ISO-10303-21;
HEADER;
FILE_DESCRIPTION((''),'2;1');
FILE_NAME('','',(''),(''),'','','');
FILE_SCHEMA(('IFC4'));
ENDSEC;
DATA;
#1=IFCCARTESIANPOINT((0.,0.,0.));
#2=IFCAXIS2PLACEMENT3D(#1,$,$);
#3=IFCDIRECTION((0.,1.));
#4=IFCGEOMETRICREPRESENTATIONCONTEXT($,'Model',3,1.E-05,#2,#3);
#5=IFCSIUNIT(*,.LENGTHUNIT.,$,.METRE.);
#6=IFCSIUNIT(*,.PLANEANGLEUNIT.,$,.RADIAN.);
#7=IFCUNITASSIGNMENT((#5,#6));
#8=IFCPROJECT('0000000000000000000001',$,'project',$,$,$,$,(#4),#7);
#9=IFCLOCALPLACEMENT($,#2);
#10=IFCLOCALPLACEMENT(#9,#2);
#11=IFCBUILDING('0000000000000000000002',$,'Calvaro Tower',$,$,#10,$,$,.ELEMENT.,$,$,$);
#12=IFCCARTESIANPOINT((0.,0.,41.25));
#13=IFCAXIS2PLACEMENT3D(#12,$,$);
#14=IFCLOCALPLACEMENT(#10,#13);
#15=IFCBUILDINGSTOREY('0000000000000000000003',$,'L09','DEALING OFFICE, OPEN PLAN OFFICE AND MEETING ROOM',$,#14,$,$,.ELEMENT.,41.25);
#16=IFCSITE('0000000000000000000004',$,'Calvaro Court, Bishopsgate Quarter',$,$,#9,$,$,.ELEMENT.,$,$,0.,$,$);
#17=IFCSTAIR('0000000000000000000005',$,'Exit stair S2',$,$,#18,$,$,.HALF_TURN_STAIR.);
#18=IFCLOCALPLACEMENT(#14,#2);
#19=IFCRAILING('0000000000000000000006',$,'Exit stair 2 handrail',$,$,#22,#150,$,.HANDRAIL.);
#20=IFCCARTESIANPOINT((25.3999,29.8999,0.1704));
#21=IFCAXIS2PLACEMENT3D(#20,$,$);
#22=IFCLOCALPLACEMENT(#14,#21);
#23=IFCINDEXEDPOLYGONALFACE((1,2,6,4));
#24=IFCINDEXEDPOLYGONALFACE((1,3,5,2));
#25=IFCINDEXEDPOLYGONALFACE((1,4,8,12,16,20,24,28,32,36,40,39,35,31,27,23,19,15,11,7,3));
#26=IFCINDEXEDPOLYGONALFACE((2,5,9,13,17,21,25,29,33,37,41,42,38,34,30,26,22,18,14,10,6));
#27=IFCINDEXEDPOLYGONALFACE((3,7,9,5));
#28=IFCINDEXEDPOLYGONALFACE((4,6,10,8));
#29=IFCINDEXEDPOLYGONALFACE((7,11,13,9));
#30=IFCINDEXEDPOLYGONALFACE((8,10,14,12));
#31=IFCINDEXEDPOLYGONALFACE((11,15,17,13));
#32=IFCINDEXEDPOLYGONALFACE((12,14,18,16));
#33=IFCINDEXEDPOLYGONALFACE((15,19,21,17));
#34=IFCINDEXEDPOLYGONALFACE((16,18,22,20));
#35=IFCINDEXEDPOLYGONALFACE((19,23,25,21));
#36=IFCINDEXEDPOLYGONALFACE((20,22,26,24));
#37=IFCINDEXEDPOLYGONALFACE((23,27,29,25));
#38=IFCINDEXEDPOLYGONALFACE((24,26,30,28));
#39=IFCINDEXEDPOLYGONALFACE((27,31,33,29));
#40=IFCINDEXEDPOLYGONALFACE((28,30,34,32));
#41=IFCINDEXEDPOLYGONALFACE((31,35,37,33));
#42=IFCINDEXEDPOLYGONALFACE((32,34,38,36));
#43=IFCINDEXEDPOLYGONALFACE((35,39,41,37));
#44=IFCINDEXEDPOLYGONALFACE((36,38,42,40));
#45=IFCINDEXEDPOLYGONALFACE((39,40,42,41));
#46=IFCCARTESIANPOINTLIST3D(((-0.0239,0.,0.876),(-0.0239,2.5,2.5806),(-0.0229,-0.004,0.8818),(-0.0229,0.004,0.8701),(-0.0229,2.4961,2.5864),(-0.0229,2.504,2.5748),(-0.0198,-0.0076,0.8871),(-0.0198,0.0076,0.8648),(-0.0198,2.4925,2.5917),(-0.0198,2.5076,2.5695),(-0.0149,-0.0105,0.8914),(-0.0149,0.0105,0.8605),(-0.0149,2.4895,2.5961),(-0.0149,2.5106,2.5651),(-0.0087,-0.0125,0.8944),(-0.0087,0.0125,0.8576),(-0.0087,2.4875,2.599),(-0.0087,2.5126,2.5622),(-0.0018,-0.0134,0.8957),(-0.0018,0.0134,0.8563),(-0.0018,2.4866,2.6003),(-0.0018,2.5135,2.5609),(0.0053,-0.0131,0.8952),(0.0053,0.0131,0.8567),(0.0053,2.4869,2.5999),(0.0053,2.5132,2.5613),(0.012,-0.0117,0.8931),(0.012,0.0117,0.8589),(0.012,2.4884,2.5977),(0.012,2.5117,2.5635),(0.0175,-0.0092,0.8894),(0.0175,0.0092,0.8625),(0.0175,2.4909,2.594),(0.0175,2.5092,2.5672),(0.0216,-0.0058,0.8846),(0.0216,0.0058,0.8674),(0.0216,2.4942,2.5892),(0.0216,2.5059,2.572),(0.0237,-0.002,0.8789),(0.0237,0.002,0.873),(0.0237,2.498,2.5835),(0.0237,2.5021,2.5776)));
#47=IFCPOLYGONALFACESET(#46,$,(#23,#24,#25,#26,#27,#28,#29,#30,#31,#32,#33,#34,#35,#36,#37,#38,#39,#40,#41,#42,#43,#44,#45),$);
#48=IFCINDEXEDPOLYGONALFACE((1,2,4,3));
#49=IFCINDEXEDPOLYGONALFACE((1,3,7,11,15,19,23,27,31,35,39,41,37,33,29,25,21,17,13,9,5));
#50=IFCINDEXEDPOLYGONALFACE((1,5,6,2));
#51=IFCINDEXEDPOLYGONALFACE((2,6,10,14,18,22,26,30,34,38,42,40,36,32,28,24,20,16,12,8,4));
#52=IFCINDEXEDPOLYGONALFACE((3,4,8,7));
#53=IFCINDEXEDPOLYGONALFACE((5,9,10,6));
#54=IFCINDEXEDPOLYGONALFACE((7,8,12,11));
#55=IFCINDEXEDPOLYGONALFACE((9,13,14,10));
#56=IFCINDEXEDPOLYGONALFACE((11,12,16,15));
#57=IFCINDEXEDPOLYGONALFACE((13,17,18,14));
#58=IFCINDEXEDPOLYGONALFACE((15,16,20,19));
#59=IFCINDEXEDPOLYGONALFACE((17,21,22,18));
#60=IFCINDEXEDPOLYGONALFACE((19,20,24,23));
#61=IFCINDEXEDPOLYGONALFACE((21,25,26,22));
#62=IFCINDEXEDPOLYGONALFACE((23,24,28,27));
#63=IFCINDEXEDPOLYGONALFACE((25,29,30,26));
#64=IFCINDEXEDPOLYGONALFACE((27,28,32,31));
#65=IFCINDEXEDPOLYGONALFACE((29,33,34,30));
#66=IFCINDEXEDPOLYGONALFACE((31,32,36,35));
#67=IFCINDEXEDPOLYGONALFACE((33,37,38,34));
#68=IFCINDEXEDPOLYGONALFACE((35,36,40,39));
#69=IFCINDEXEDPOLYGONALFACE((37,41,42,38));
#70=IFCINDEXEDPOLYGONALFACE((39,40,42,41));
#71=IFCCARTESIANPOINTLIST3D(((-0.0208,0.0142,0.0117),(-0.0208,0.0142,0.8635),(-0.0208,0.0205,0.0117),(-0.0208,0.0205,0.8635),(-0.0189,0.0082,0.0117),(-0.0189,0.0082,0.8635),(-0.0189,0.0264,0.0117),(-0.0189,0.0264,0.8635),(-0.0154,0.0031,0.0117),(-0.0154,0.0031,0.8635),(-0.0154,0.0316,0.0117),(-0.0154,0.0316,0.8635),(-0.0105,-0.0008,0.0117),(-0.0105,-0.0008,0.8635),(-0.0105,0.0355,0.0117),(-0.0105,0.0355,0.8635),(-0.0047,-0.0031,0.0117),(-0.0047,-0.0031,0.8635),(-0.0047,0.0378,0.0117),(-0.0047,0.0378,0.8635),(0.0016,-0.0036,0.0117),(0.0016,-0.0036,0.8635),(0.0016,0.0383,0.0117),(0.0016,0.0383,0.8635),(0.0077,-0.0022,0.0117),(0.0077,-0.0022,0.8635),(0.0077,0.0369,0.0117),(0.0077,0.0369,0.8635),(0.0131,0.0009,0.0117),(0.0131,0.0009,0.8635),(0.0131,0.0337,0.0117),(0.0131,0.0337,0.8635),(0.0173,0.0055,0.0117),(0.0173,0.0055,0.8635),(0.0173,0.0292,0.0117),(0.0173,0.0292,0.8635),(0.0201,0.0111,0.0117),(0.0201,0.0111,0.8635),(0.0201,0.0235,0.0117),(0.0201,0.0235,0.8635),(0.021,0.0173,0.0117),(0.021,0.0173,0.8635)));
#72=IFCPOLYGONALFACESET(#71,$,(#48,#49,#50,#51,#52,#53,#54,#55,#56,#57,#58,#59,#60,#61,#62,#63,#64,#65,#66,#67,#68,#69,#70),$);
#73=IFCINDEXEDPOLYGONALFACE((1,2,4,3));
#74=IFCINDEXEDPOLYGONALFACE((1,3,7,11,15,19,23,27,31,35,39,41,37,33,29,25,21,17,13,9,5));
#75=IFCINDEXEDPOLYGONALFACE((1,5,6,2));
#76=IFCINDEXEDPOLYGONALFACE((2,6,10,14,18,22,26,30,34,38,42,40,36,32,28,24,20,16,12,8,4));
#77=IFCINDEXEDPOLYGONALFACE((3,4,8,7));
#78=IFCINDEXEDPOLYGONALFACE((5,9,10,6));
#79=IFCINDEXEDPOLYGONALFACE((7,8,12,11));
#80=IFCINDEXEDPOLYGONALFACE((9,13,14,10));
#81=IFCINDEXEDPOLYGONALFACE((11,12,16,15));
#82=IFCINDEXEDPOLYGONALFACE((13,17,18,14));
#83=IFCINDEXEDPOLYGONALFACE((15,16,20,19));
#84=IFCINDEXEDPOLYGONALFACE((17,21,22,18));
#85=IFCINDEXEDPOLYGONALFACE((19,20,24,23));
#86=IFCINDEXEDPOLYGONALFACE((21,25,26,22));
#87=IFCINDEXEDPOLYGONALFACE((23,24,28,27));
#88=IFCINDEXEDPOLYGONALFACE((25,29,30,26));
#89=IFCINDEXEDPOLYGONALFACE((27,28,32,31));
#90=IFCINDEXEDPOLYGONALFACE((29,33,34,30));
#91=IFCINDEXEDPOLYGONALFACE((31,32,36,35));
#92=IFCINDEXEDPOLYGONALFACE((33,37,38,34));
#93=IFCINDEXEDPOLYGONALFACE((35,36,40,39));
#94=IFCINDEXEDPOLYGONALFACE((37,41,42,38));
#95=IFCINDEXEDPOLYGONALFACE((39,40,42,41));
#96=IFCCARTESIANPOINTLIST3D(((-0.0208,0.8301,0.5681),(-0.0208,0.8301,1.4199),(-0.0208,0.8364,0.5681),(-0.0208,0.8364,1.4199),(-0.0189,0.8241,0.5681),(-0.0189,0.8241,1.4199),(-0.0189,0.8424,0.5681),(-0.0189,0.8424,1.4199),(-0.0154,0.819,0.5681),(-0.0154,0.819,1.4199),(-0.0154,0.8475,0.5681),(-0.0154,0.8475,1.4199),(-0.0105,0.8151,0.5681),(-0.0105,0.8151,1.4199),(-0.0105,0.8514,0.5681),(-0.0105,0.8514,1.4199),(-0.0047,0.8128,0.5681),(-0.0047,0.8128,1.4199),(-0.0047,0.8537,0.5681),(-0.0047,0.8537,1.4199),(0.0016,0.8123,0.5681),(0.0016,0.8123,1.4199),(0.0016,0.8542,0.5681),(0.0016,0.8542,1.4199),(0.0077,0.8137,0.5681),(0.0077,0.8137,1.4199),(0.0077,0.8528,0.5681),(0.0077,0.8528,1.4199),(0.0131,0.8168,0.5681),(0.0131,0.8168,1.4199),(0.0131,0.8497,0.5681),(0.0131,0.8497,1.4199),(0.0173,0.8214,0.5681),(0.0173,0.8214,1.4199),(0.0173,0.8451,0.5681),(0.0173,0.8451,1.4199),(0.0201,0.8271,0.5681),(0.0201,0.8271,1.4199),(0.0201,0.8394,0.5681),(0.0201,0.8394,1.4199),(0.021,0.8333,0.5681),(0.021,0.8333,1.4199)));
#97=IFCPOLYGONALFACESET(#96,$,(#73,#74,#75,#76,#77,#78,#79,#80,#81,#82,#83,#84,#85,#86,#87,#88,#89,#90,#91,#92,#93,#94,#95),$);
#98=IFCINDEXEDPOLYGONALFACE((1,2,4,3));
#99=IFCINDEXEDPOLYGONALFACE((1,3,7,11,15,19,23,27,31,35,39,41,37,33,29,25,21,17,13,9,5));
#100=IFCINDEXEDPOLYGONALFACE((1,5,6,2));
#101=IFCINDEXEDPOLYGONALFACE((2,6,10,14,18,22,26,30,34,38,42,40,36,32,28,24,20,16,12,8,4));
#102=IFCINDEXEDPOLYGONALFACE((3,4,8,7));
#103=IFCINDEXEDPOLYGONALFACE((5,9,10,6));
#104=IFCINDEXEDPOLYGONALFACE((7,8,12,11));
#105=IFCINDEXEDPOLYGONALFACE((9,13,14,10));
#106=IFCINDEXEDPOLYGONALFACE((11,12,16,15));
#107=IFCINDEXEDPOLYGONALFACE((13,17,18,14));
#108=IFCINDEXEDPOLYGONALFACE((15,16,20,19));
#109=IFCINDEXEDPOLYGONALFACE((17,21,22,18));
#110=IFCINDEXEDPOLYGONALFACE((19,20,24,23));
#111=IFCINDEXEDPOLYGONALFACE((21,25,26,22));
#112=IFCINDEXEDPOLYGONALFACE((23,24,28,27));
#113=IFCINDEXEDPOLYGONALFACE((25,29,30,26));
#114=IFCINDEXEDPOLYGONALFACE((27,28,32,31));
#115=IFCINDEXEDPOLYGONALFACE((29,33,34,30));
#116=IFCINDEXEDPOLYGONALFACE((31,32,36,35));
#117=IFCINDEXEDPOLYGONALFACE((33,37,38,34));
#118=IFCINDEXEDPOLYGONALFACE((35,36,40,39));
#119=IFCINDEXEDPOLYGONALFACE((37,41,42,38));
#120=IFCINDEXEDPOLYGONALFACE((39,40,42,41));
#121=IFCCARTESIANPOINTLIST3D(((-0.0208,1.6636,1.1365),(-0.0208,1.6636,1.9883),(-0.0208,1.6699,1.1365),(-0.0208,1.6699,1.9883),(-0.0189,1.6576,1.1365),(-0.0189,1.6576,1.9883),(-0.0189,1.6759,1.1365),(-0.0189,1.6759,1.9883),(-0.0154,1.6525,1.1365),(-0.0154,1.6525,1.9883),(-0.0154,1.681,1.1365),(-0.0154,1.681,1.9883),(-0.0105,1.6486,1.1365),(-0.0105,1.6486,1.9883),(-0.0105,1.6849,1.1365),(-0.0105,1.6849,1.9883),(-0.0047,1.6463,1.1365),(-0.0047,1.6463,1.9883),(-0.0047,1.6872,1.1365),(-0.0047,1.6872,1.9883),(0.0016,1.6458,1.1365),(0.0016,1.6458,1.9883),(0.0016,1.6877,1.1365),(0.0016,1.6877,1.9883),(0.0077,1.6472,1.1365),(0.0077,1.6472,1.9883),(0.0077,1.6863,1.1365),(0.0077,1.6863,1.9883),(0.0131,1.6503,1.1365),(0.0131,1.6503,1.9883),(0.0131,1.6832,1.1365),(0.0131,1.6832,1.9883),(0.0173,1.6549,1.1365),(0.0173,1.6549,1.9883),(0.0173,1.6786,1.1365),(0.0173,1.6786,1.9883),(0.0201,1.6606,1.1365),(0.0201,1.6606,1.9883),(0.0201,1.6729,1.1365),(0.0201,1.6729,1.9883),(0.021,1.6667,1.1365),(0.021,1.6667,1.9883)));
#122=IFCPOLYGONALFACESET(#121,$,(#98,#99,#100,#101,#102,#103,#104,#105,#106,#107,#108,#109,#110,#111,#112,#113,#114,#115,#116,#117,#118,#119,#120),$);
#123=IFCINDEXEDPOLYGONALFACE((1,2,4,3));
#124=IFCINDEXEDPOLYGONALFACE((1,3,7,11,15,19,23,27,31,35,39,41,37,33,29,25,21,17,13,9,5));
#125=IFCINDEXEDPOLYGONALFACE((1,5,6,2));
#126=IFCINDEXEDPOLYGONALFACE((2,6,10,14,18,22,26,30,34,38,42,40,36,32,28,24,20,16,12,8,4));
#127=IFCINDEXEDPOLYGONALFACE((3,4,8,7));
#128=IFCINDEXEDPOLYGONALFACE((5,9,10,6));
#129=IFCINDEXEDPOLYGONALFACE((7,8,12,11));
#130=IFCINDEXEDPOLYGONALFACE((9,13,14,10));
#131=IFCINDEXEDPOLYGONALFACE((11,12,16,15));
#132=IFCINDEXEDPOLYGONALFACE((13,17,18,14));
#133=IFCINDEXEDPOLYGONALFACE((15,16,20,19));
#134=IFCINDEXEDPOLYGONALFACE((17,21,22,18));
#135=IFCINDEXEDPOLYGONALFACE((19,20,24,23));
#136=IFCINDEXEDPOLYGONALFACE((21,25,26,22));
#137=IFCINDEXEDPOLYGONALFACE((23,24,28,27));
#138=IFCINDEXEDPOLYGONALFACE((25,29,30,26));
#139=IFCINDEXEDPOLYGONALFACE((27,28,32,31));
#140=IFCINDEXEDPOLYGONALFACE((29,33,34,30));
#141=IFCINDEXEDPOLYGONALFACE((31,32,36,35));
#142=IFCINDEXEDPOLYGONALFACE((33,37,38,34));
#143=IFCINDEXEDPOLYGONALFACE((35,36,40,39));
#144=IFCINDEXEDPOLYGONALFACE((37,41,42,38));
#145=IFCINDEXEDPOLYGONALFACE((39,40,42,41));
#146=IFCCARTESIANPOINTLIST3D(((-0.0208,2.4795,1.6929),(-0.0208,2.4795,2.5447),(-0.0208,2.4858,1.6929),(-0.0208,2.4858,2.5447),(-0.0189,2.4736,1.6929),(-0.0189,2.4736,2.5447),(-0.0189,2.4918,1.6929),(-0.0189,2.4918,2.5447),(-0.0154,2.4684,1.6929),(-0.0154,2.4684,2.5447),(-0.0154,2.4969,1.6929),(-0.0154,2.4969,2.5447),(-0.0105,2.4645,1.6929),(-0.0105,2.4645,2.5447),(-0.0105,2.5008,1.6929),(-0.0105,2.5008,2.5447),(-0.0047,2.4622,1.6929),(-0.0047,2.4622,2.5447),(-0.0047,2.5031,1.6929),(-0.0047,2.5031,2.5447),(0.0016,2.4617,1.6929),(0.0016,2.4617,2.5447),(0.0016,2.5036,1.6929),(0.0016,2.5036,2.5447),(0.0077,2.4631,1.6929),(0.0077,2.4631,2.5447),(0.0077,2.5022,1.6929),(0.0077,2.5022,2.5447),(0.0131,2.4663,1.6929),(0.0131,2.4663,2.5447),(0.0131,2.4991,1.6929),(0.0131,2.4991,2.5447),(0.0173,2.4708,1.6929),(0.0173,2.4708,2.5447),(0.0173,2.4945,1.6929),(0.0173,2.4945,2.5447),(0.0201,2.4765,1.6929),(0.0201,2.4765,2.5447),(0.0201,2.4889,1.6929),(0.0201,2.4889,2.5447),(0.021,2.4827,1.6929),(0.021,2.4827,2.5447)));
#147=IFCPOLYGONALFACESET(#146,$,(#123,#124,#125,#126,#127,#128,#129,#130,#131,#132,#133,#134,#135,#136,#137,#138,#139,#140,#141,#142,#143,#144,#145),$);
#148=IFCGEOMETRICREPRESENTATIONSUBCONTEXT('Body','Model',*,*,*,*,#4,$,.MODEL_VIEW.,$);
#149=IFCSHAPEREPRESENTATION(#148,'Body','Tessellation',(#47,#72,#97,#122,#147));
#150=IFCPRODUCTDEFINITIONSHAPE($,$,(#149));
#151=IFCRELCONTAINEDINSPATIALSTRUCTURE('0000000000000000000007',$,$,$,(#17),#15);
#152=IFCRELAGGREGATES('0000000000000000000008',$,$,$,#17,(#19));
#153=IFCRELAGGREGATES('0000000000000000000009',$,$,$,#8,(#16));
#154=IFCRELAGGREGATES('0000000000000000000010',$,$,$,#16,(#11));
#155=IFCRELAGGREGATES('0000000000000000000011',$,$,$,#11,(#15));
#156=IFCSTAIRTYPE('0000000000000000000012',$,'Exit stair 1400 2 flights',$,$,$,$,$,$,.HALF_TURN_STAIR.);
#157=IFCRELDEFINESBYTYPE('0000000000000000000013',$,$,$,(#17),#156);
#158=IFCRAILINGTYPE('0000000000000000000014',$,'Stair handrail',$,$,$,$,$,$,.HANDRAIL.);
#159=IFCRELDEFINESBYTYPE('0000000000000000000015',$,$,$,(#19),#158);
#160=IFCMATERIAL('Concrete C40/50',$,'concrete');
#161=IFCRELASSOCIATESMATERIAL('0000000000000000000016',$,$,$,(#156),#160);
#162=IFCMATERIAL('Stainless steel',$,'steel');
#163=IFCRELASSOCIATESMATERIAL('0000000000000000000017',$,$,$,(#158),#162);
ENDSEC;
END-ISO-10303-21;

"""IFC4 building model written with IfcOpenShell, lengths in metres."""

from ifc_helpers import new_model, si_unit, direction, frame, origin, origin_2d, place, context, subcontext, project, spatial, circle, extrude, material, type_object, element, aggregate, save


model = new_model("IFC4")

# Units and contexts
model_context = context("Model", 3, precision=1e-05, world=origin(), true_north=direction((0.0, 1.0)))
body_context = subcontext(model_context, "Body", "Model", "MODEL_VIEW")
ifc_project = project(units=[si_unit("LENGTHUNIT", "METRE"), si_unit("PLANEANGLEUNIT", "RADIAN")], contexts=[model_context])

# Site, building, storey
site_placement = place(None, origin())
site = spatial("IfcSite", under=ifc_project, at=site_placement, Name="Calvaro Court, Bishopsgate Quarter", CompositionType="ELEMENT", RefElevation=0.0)
building_placement = place(site_placement, origin())
building = spatial("IfcBuilding", under=site, at=building_placement, Name="Calvaro Tower", CompositionType="ELEMENT")
storey_placement = place(building_placement, frame((0.0, 0.0, 41.25)))
storey = spatial("IfcBuildingStorey", under=building, at=storey_placement, Name="L09", Description="DEALING OFFICE, OPEN PLAN OFFICE AND MEETING ROOM", CompositionType="ELEMENT", Elevation=41.25)

# Stair, railing
ifc_material_1 = material(Name="Concrete C40/50", Category="concrete")
stair_type = type_object("IfcStairType", Name="Exit stair 1400 2 flights", PredefinedType="HALF_TURN_STAIR", material=ifc_material_1)
stair_placement = place(storey_placement, origin())
stair = element("IfcStair", 1, at=stair_placement, inside=storey, type_object=stair_type, Name="Exit stair S2", PredefinedType="HALF_TURN_STAIR")
ifc_material_2 = material(Name="Stainless steel", Category="steel")
railing_type = type_object("IfcRailingType", Name="Stair handrail", PredefinedType="HANDRAIL", material=ifc_material_2)
railing_1_placement = place(storey_placement, frame((25.3999, 29.8999, 0.1704)))
railing_1 = element("IfcRailing", 2, at=railing_1_placement, type_object=railing_type, Name="Exit stair 2 handrail", PredefinedType="HANDRAIL", context=body_context, shape_type="SweptSolid", body=[
    extrude(circle(Radius=0.0239, at=origin_2d()), frame((0.0, 0.0, 0.876), z_axis=(0.0, 0.826221, 0.563347), x_axis=(-1.0, 0.0, 0.0)), (0.0, 0.0, 1.0), 3.0259),
    extrude(circle(Radius=0.021, at=origin_2d()), frame((0.0, 0.0173, 0.0117)), (0.0, 0.0, 1.0), 0.8518),
    extrude(circle(Radius=0.021, at=origin_2d()), frame((0.0, 0.8333, 0.5681)), (0.0, 0.0, 1.0), 0.8518),
    extrude(circle(Radius=0.021, at=origin_2d()), frame((0.0, 1.6667, 1.1365)), (0.0, 0.0, 1.0), 0.8518),
    extrude(circle(Radius=0.021, at=origin_2d()), frame((0.0, 2.4827, 1.6929)), (0.0, 0.0, 1.0), 0.8518),
])
aggregate(stair, [railing_1])

save(model, "model.ifc")
